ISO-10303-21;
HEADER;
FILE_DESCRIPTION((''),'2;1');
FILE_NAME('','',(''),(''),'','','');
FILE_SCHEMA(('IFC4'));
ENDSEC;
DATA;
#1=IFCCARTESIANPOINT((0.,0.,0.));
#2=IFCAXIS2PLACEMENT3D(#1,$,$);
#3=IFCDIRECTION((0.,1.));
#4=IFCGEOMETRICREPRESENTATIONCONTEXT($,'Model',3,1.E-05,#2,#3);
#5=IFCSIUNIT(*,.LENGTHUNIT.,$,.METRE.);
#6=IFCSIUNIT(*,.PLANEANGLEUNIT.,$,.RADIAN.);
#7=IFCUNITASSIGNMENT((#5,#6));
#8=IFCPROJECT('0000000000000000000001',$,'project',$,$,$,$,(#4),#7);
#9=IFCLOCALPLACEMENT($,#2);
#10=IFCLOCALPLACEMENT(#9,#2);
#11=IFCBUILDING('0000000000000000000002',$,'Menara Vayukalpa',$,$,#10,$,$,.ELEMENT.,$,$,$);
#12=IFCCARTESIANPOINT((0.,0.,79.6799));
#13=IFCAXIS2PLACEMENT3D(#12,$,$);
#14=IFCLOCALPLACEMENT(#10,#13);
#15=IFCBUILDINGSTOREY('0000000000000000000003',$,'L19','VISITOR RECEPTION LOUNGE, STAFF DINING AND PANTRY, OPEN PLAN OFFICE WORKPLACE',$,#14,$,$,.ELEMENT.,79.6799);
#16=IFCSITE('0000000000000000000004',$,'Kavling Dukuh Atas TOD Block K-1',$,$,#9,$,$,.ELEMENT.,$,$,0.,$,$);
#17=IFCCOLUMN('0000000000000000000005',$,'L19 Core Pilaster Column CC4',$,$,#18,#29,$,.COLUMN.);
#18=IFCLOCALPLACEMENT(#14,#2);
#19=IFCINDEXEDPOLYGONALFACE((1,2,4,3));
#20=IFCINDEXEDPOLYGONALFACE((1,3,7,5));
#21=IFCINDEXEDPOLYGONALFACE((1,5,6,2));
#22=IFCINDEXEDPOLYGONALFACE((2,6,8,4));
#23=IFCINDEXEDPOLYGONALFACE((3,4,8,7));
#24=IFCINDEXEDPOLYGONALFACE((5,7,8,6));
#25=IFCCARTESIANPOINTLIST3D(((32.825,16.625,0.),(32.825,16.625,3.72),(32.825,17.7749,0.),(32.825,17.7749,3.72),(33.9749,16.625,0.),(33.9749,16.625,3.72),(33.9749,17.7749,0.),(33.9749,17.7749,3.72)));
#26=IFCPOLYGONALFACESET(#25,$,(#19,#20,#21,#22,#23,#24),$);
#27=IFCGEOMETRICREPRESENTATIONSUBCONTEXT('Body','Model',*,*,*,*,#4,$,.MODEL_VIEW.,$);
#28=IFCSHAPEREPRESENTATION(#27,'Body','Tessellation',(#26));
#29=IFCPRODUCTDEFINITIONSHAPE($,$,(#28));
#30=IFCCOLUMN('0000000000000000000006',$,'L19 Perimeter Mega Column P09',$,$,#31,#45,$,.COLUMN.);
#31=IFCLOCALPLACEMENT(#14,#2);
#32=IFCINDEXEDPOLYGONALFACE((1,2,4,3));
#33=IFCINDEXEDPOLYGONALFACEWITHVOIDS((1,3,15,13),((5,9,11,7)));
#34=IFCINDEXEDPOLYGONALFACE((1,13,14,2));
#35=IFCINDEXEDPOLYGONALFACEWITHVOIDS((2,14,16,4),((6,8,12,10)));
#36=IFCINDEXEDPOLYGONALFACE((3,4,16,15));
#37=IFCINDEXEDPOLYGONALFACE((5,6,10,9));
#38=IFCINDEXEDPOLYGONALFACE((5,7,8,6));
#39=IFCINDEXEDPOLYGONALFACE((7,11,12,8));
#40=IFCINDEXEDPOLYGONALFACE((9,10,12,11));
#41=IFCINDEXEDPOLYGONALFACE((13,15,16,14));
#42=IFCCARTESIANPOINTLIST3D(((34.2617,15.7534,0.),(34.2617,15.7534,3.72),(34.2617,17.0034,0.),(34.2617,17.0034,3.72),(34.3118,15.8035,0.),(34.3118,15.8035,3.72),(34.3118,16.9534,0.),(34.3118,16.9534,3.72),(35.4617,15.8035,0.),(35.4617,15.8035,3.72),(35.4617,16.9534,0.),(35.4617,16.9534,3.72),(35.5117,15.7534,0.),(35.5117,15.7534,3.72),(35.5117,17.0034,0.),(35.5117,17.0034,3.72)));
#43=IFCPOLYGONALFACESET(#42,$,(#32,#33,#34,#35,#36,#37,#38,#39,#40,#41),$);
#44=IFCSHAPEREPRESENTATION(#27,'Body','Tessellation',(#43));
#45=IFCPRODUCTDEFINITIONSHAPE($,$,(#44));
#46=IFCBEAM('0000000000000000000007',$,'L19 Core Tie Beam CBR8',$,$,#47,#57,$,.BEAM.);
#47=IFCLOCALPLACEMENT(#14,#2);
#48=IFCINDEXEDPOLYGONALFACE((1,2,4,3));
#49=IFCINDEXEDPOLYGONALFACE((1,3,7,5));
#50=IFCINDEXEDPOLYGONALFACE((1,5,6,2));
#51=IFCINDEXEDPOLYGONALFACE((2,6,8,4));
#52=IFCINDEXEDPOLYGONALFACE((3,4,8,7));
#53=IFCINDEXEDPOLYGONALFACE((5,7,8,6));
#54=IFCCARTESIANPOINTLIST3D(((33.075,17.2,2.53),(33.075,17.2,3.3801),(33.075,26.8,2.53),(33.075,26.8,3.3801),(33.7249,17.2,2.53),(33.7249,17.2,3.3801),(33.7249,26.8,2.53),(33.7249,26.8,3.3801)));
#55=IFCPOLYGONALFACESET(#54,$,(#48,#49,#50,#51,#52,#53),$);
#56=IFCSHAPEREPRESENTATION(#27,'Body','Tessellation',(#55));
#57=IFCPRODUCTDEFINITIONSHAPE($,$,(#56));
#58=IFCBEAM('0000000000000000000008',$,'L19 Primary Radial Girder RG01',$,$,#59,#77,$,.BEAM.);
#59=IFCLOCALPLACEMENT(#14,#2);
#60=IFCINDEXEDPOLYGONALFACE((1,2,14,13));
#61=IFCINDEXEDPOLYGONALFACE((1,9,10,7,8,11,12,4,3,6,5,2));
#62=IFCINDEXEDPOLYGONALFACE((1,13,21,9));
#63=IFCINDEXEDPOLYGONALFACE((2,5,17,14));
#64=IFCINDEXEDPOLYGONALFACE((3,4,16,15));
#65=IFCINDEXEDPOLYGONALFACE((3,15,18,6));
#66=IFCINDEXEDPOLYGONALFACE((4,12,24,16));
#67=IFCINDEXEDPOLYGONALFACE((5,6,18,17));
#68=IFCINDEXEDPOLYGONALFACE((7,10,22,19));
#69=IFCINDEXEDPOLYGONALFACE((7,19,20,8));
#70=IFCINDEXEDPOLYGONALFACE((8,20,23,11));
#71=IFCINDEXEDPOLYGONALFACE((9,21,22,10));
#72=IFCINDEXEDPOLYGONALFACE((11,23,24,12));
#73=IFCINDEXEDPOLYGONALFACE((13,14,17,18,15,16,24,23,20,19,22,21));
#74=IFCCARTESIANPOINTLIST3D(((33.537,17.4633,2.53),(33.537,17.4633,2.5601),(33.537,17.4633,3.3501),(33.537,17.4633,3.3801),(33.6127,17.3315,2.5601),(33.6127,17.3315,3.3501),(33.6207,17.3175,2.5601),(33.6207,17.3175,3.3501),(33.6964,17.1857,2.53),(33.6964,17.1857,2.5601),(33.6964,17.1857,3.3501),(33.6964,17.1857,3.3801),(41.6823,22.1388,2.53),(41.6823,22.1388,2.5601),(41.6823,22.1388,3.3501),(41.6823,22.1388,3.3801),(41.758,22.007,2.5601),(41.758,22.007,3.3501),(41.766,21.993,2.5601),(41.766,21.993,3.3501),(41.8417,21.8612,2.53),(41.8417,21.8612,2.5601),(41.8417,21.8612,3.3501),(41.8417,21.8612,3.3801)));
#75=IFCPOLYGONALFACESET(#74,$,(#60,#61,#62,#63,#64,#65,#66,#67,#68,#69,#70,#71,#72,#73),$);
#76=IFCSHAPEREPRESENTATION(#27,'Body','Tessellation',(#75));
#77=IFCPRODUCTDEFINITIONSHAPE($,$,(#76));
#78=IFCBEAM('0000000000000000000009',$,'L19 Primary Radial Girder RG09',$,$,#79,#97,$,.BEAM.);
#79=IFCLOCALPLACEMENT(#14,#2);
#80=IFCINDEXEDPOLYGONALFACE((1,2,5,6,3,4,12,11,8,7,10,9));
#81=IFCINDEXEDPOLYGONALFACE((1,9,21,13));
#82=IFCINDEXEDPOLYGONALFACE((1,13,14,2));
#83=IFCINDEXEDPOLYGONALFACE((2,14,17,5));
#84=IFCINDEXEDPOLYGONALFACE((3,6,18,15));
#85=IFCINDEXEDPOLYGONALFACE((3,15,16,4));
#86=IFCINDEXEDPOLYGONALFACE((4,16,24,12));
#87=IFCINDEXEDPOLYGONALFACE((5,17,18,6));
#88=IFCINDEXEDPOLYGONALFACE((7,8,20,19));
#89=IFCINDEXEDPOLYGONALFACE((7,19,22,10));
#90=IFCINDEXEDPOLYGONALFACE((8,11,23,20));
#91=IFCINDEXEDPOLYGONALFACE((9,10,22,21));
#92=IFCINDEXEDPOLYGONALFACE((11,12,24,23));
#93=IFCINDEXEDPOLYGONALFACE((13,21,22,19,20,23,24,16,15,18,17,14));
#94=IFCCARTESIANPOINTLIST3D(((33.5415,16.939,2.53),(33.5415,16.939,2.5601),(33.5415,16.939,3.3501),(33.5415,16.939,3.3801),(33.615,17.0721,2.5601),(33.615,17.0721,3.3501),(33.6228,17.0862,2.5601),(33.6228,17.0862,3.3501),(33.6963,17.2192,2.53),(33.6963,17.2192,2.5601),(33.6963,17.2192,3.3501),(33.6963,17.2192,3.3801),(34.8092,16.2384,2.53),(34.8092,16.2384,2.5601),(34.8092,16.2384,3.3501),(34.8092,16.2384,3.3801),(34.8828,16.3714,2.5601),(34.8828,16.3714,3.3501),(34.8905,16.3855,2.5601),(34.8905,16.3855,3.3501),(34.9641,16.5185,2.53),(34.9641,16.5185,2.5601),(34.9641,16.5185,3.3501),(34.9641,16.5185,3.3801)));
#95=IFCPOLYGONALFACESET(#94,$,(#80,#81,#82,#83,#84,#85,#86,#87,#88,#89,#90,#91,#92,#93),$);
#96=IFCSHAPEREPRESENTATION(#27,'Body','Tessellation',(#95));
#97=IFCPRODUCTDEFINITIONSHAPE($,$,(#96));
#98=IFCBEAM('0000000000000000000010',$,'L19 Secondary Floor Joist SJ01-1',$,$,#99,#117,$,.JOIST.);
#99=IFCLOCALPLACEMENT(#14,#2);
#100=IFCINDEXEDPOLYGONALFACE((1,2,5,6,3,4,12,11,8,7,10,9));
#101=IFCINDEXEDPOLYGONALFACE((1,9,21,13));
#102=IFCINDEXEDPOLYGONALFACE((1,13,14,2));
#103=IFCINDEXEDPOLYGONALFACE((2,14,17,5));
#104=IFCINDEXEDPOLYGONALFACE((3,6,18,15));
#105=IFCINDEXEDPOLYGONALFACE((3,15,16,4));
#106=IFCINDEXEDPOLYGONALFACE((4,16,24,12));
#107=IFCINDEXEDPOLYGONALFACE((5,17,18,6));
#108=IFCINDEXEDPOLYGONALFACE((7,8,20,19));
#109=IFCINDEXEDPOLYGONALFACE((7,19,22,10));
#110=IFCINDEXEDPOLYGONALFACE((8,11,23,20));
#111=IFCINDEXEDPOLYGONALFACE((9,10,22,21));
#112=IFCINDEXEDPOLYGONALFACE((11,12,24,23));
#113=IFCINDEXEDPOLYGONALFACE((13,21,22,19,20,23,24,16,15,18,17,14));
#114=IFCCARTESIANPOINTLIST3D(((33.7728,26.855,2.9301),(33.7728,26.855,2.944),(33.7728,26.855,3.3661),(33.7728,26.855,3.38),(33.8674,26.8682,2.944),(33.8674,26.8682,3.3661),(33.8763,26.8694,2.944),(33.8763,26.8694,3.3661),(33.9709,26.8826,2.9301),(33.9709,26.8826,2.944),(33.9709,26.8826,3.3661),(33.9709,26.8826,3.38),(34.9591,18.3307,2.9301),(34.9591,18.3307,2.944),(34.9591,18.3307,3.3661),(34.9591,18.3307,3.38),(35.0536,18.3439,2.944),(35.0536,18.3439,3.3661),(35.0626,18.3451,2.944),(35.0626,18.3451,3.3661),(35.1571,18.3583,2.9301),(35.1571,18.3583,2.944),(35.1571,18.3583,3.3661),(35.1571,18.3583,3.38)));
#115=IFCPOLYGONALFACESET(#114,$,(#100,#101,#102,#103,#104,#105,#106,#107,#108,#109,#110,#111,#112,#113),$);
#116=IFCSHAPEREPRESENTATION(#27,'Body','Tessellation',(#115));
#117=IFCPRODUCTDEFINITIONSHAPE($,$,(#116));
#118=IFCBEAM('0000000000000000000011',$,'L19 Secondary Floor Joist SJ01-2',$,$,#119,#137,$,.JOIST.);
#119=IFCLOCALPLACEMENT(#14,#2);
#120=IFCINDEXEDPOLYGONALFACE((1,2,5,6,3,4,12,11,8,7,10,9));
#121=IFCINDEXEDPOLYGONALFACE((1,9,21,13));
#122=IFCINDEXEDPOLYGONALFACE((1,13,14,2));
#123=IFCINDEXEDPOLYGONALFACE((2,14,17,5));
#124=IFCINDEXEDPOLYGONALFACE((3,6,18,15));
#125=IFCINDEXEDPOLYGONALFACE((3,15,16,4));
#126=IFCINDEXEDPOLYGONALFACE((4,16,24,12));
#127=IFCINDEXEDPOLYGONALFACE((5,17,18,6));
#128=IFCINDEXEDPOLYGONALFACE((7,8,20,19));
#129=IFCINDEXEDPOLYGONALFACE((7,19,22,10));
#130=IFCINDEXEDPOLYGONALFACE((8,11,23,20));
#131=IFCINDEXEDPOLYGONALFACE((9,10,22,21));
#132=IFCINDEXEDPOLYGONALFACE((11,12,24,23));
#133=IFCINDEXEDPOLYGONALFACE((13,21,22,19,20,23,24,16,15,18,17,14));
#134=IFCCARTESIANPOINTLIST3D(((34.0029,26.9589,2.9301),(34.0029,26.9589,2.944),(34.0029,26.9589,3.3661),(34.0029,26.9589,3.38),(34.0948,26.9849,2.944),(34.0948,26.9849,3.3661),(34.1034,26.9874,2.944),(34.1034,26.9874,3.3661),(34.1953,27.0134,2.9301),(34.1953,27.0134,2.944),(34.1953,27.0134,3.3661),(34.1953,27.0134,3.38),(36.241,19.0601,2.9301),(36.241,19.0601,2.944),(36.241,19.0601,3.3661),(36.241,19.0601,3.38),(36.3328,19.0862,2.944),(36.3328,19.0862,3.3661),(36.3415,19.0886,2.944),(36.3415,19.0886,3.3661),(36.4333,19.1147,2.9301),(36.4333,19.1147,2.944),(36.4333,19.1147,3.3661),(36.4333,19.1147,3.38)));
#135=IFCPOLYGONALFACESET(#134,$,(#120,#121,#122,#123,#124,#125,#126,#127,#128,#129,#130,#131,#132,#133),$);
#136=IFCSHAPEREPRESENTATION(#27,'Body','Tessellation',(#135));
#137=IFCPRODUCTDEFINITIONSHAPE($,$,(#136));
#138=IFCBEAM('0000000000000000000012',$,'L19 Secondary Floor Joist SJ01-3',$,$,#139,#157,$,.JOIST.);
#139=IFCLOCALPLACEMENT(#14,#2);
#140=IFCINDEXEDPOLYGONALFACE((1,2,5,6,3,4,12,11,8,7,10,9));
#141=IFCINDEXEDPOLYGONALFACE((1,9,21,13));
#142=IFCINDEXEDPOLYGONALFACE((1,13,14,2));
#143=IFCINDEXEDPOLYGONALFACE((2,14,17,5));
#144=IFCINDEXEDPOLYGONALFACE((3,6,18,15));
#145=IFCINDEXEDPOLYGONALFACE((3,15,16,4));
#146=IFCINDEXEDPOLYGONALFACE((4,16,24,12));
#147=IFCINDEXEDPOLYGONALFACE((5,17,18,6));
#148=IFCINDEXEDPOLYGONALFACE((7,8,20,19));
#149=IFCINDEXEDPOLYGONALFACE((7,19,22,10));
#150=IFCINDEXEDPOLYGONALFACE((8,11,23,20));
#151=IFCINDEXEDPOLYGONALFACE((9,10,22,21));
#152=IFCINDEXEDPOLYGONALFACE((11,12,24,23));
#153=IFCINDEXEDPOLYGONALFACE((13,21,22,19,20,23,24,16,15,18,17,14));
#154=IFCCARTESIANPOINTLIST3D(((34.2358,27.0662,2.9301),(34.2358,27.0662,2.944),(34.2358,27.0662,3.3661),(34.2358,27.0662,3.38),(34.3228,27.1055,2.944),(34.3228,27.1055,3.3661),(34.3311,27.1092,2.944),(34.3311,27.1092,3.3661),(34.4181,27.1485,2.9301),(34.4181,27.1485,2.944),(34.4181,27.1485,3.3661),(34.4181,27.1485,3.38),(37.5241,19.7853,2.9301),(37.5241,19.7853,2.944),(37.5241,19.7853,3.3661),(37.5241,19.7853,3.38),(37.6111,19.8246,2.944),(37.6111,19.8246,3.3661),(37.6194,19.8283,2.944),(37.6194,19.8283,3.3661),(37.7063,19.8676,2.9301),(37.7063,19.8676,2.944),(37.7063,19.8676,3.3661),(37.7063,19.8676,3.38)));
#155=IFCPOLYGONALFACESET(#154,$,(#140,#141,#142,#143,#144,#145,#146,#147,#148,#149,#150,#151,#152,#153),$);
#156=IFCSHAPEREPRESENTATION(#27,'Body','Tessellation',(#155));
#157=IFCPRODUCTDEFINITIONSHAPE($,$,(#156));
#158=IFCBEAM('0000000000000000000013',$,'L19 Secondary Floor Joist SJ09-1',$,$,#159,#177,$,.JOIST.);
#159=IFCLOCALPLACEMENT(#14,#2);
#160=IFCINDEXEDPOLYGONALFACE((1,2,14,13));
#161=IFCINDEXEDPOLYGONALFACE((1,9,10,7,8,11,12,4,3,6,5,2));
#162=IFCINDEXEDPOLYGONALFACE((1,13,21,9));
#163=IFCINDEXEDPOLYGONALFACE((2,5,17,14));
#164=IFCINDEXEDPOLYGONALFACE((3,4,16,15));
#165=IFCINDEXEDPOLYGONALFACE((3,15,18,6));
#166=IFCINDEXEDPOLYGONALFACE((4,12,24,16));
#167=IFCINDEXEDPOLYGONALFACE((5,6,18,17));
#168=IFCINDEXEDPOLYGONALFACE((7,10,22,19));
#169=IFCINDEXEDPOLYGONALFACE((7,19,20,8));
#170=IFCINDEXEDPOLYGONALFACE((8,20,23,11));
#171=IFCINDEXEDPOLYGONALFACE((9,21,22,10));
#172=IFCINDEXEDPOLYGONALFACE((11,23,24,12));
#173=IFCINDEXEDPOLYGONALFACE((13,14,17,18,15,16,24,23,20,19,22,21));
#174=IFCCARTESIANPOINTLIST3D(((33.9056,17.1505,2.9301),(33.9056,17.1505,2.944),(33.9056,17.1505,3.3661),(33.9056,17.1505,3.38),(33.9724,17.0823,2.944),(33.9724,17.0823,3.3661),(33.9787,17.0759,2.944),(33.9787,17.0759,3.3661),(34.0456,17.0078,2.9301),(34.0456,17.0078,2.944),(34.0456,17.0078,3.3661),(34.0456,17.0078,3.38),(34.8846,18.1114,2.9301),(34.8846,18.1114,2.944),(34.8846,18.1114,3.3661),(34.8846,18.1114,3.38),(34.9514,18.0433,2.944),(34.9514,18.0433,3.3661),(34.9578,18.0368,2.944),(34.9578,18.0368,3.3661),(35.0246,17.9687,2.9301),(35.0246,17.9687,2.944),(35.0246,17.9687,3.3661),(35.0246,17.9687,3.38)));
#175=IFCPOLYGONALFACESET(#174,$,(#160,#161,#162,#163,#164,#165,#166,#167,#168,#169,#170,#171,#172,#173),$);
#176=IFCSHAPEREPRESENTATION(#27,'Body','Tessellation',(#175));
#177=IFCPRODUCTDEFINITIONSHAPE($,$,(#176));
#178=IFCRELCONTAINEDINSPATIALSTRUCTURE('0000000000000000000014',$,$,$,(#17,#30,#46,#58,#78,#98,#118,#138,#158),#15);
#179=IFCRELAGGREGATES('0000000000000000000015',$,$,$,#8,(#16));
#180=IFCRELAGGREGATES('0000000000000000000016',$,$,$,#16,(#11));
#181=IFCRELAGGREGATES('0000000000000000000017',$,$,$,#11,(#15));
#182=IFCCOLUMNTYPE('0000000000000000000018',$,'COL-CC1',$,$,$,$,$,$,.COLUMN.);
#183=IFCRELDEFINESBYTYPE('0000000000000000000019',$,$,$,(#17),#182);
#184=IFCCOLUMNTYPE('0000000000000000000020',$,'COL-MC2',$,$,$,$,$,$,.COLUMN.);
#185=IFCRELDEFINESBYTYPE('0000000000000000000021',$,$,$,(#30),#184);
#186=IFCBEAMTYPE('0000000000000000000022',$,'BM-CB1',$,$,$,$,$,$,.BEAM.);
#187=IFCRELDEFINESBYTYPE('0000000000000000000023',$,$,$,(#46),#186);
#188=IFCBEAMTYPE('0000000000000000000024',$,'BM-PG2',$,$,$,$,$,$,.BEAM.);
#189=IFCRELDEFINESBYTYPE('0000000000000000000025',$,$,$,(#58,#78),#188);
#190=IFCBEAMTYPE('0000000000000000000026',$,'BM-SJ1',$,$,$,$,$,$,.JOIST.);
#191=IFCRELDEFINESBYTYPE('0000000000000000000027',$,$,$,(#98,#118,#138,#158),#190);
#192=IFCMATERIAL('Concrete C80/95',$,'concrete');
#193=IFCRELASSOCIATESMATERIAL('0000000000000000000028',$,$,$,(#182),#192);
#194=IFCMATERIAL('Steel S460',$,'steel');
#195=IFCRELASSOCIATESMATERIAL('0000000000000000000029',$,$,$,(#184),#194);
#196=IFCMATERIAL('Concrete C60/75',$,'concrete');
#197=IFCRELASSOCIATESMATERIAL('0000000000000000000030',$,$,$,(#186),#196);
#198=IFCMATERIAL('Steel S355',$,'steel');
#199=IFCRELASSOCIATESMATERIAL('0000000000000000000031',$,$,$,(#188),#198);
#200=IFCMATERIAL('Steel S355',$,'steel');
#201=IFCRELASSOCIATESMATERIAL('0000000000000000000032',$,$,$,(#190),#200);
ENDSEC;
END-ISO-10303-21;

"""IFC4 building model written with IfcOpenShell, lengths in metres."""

from ifc_helpers import new_model, si_unit, direction, frame, origin, origin_2d, place, context, subcontext, project, spatial, rectangle, hollow_rectangle, i_section, extrude, material, material_profile, profile_set, type_object, element, save


model = new_model("IFC4")

# Units and contexts
model_context = context("Model", 3, precision=1e-05, world=origin(), true_north=direction((0.0, 1.0)))
body_context = subcontext(model_context, "Body", "Model", "MODEL_VIEW")
ifc_project = project(units=[si_unit("LENGTHUNIT", "METRE"), si_unit("PLANEANGLEUNIT", "RADIAN")], contexts=[model_context])

# Site, building, storey
site_placement = place(None, origin())
site = spatial("IfcSite", under=ifc_project, at=site_placement, Name="Kavling Dukuh Atas TOD Block K-1", CompositionType="ELEMENT", RefElevation=0.0)
building_placement = place(site_placement, origin())
building = spatial("IfcBuilding", under=site, at=building_placement, Name="Menara Vayukalpa", CompositionType="ELEMENT")
storey_placement = place(building_placement, frame((0.0, 0.0, 79.6799)))
storey = spatial("IfcBuildingStorey", under=building, at=storey_placement, Name="L19", Description="VISITOR RECEPTION LOUNGE, STAFF DINING AND PANTRY, OPEN PLAN OFFICE WORKPLACE", CompositionType="ELEMENT", Elevation=79.6799)

# Columns
ifc_material_1 = material(Name="Concrete C80/95", Category="concrete")
ifc_material_profile_1 = material_profile(ifc_material_1, rectangle(XDim=1.1499, YDim=1.1499, at=origin_2d()), Name="RC 1150x1150")
ifc_profile_set_1 = profile_set([ifc_material_profile_1], Name="Concrete C80/95")
column_type_1 = type_object("IfcColumnType", Name="COL-CC1", PredefinedType="COLUMN", material=ifc_profile_set_1)
column_1_placement = place(storey_placement, frame((33.3999, 17.2, 0.0), z_axis=(0.0, 0.0, 1.0), x_axis=(1.0, 0.0, 0.0)))
element("IfcColumn", 1, at=column_1_placement, inside=storey, type_object=column_type_1, Name="L19 Core Pilaster Column CC4", PredefinedType="COLUMN", context=body_context, shape_type="SweptSolid", body=[
    extrude(rectangle(XDim=1.1499, YDim=1.1499, at=origin_2d()), origin(), (0.0, 0.0, 1.0), 3.72),
])
ifc_material_2 = material(Name="Steel S460", Category="steel")
ifc_material_profile_2 = material_profile(ifc_material_2, hollow_rectangle(XDim=1.25, YDim=1.25, WallThickness=0.05, at=origin_2d()), Name="BOX 1250x1250x50")
ifc_profile_set_2 = profile_set([ifc_material_profile_2], Name="Steel S460")
column_type_2 = type_object("IfcColumnType", Name="COL-MC2", PredefinedType="COLUMN", material=ifc_profile_set_2)
column_2_placement = place(storey_placement, frame((34.8867, 16.3784, 0.0), z_axis=(0.0, 0.0, 1.0), x_axis=(1.0, 0.0, 0.0)))
element("IfcColumn", 2, at=column_2_placement, inside=storey, type_object=column_type_2, Name="L19 Perimeter Mega Column P09", PredefinedType="COLUMN", context=body_context, shape_type="SweptSolid", body=[
    extrude(hollow_rectangle(XDim=1.25, YDim=1.25, WallThickness=0.05, at=origin_2d()), origin(), (0.0, 0.0, 1.0), 3.72),
])

# Beams
ifc_material_3 = material(Name="Concrete C60/75", Category="concrete")
ifc_material_profile_3 = material_profile(ifc_material_3, rectangle(XDim=0.6499, YDim=0.8501, at=origin_2d()), Name="RC 650x850")
ifc_profile_set_3 = profile_set([ifc_material_profile_3], Name="Concrete C60/75")
beam_type_1 = type_object("IfcBeamType", Name="BM-CB1", PredefinedType="BEAM", material=ifc_profile_set_3)
beam_1_placement = place(storey_placement, frame((33.3999, 17.2, 2.9551), z_axis=(0.0, 1.0, 0.0), x_axis=(-1.0, 0.0, 0.0)))
element("IfcBeam", 3, at=beam_1_placement, inside=storey, type_object=beam_type_1, Name="L19 Core Tie Beam CBR8", PredefinedType="BEAM", context=body_context, shape_type="SweptSolid", body=[
    extrude(rectangle(XDim=0.6499, YDim=0.8501, at=origin_2d()), origin(), (0.0, 0.0, 1.0), 9.6001),
])
ifc_material_4 = material(Name="Steel S355", Category="steel")
ifc_material_profile_4 = material_profile(ifc_material_4, i_section(OverallWidth=0.3201, OverallDepth=0.8501, WebThickness=0.0161, FlangeThickness=0.03, at=origin_2d()), Name="WF 850x320x16x30")
ifc_profile_set_4 = profile_set([ifc_material_profile_4], Name="Steel S355")
beam_type_2 = type_object("IfcBeamType", Name="BM-PG2", PredefinedType="BEAM", material=ifc_profile_set_4)
beam_2_placement = place(storey_placement, frame((33.6167, 17.3245, 2.9551), z_axis=(0.867274, 0.497832, 0.0), x_axis=(-0.497832, 0.867274, 0.0)))
element("IfcBeam", 4, at=beam_2_placement, inside=storey, type_object=beam_type_2, Name="L19 Primary Radial Girder RG01", PredefinedType="BEAM", context=body_context, shape_type="SweptSolid", body=[
    extrude(i_section(OverallWidth=0.3201, OverallDepth=0.8501, WebThickness=0.0161, FlangeThickness=0.03, at=origin_2d()), origin(), (0.0, 0.0, 1.0), 9.3918),
])
beam_3_placement = place(storey_placement, frame((33.6189, 17.0791, 2.9551), z_axis=(0.875228, -0.48371, 0.0), x_axis=(0.48371, 0.875228, 0.0)))
element("IfcBeam", 5, at=beam_3_placement, inside=storey, type_object=beam_type_2, Name="L19 Primary Radial Girder RG09", PredefinedType="BEAM", context=body_context, shape_type="SweptSolid", body=[
    extrude(i_section(OverallWidth=0.3201, OverallDepth=0.8501, WebThickness=0.0161, FlangeThickness=0.03, at=origin_2d()), origin(), (0.0, 0.0, 1.0), 1.4485),
])
ifc_material_5 = material(Name="Steel S355", Category="steel")
ifc_material_profile_5 = material_profile(ifc_material_5, i_section(OverallWidth=0.2, OverallDepth=0.45, WebThickness=0.009, FlangeThickness=0.0139, at=origin_2d()), Name="WF 450x200x9x14")
ifc_profile_set_5 = profile_set([ifc_material_profile_5], Name="Steel S355")
beam_type_3 = type_object("IfcBeamType", Name="BM-SJ1", PredefinedType="JOIST", material=ifc_profile_set_5)
beam_4_placement = place(storey_placement, frame((35.0581, 18.3445, 3.155), z_axis=(-0.137834, 0.990455, 0.0), x_axis=(-0.990455, -0.137834, 0.0)))
element("IfcBeam", 6, at=beam_4_placement, inside=storey, type_object=beam_type_3, Name="L19 Secondary Floor Joist SJ01-1", PredefinedType="JOIST", context=body_context, shape_type="SweptSolid", body=[
    extrude(i_section(OverallWidth=0.2, OverallDepth=0.45, WebThickness=0.009, FlangeThickness=0.0139, at=origin_2d()), origin(), (0.0, 0.0, 1.0), 8.6064),
])
beam_5_placement = place(storey_placement, frame((36.3372, 19.0874, 3.155), z_axis=(-0.272611, 0.962124, 0.0), x_axis=(-0.962124, -0.272611, 0.0)))
element("IfcBeam", 7, at=beam_5_placement, inside=storey, type_object=beam_type_3, Name="L19 Secondary Floor Joist SJ01-2", PredefinedType="JOIST", context=body_context, shape_type="SweptSolid", body=[
    extrude(i_section(OverallWidth=0.2, OverallDepth=0.45, WebThickness=0.009, FlangeThickness=0.0139, at=origin_2d()), origin(), (0.0, 0.0, 1.0), 8.2097),
])
beam_6_placement = place(storey_placement, frame((37.6152, 19.8264, 3.155), z_axis=(-0.411601, 0.911364, 0.0), x_axis=(-0.911364, -0.411601, 0.0)))
element("IfcBeam", 8, at=beam_6_placement, inside=storey, type_object=beam_type_3, Name="L19 Secondary Floor Joist SJ01-3", PredefinedType="JOIST", context=body_context, shape_type="SweptSolid", body=[
    extrude(i_section(OverallWidth=0.2, OverallDepth=0.45, WebThickness=0.009, FlangeThickness=0.0139, at=origin_2d()), origin(), (0.0, 0.0, 1.0), 7.989),
])
beam_7_placement = place(storey_placement, frame((33.9756, 17.0791, 3.155), z_axis=(0.713661, 0.700491, 0.0), x_axis=(-0.700491, 0.713661, 0.0)))
element("IfcBeam", 9, at=beam_7_placement, inside=storey, type_object=beam_type_3, Name="L19 Secondary Floor Joist SJ09-1", PredefinedType="JOIST", context=body_context, shape_type="SweptSolid", body=[
    extrude(i_section(OverallWidth=0.2, OverallDepth=0.45, WebThickness=0.009, FlangeThickness=0.0139, at=origin_2d()), origin(), (0.0, 0.0, 1.0), 1.3718),
])

save(model, "model.ifc")
